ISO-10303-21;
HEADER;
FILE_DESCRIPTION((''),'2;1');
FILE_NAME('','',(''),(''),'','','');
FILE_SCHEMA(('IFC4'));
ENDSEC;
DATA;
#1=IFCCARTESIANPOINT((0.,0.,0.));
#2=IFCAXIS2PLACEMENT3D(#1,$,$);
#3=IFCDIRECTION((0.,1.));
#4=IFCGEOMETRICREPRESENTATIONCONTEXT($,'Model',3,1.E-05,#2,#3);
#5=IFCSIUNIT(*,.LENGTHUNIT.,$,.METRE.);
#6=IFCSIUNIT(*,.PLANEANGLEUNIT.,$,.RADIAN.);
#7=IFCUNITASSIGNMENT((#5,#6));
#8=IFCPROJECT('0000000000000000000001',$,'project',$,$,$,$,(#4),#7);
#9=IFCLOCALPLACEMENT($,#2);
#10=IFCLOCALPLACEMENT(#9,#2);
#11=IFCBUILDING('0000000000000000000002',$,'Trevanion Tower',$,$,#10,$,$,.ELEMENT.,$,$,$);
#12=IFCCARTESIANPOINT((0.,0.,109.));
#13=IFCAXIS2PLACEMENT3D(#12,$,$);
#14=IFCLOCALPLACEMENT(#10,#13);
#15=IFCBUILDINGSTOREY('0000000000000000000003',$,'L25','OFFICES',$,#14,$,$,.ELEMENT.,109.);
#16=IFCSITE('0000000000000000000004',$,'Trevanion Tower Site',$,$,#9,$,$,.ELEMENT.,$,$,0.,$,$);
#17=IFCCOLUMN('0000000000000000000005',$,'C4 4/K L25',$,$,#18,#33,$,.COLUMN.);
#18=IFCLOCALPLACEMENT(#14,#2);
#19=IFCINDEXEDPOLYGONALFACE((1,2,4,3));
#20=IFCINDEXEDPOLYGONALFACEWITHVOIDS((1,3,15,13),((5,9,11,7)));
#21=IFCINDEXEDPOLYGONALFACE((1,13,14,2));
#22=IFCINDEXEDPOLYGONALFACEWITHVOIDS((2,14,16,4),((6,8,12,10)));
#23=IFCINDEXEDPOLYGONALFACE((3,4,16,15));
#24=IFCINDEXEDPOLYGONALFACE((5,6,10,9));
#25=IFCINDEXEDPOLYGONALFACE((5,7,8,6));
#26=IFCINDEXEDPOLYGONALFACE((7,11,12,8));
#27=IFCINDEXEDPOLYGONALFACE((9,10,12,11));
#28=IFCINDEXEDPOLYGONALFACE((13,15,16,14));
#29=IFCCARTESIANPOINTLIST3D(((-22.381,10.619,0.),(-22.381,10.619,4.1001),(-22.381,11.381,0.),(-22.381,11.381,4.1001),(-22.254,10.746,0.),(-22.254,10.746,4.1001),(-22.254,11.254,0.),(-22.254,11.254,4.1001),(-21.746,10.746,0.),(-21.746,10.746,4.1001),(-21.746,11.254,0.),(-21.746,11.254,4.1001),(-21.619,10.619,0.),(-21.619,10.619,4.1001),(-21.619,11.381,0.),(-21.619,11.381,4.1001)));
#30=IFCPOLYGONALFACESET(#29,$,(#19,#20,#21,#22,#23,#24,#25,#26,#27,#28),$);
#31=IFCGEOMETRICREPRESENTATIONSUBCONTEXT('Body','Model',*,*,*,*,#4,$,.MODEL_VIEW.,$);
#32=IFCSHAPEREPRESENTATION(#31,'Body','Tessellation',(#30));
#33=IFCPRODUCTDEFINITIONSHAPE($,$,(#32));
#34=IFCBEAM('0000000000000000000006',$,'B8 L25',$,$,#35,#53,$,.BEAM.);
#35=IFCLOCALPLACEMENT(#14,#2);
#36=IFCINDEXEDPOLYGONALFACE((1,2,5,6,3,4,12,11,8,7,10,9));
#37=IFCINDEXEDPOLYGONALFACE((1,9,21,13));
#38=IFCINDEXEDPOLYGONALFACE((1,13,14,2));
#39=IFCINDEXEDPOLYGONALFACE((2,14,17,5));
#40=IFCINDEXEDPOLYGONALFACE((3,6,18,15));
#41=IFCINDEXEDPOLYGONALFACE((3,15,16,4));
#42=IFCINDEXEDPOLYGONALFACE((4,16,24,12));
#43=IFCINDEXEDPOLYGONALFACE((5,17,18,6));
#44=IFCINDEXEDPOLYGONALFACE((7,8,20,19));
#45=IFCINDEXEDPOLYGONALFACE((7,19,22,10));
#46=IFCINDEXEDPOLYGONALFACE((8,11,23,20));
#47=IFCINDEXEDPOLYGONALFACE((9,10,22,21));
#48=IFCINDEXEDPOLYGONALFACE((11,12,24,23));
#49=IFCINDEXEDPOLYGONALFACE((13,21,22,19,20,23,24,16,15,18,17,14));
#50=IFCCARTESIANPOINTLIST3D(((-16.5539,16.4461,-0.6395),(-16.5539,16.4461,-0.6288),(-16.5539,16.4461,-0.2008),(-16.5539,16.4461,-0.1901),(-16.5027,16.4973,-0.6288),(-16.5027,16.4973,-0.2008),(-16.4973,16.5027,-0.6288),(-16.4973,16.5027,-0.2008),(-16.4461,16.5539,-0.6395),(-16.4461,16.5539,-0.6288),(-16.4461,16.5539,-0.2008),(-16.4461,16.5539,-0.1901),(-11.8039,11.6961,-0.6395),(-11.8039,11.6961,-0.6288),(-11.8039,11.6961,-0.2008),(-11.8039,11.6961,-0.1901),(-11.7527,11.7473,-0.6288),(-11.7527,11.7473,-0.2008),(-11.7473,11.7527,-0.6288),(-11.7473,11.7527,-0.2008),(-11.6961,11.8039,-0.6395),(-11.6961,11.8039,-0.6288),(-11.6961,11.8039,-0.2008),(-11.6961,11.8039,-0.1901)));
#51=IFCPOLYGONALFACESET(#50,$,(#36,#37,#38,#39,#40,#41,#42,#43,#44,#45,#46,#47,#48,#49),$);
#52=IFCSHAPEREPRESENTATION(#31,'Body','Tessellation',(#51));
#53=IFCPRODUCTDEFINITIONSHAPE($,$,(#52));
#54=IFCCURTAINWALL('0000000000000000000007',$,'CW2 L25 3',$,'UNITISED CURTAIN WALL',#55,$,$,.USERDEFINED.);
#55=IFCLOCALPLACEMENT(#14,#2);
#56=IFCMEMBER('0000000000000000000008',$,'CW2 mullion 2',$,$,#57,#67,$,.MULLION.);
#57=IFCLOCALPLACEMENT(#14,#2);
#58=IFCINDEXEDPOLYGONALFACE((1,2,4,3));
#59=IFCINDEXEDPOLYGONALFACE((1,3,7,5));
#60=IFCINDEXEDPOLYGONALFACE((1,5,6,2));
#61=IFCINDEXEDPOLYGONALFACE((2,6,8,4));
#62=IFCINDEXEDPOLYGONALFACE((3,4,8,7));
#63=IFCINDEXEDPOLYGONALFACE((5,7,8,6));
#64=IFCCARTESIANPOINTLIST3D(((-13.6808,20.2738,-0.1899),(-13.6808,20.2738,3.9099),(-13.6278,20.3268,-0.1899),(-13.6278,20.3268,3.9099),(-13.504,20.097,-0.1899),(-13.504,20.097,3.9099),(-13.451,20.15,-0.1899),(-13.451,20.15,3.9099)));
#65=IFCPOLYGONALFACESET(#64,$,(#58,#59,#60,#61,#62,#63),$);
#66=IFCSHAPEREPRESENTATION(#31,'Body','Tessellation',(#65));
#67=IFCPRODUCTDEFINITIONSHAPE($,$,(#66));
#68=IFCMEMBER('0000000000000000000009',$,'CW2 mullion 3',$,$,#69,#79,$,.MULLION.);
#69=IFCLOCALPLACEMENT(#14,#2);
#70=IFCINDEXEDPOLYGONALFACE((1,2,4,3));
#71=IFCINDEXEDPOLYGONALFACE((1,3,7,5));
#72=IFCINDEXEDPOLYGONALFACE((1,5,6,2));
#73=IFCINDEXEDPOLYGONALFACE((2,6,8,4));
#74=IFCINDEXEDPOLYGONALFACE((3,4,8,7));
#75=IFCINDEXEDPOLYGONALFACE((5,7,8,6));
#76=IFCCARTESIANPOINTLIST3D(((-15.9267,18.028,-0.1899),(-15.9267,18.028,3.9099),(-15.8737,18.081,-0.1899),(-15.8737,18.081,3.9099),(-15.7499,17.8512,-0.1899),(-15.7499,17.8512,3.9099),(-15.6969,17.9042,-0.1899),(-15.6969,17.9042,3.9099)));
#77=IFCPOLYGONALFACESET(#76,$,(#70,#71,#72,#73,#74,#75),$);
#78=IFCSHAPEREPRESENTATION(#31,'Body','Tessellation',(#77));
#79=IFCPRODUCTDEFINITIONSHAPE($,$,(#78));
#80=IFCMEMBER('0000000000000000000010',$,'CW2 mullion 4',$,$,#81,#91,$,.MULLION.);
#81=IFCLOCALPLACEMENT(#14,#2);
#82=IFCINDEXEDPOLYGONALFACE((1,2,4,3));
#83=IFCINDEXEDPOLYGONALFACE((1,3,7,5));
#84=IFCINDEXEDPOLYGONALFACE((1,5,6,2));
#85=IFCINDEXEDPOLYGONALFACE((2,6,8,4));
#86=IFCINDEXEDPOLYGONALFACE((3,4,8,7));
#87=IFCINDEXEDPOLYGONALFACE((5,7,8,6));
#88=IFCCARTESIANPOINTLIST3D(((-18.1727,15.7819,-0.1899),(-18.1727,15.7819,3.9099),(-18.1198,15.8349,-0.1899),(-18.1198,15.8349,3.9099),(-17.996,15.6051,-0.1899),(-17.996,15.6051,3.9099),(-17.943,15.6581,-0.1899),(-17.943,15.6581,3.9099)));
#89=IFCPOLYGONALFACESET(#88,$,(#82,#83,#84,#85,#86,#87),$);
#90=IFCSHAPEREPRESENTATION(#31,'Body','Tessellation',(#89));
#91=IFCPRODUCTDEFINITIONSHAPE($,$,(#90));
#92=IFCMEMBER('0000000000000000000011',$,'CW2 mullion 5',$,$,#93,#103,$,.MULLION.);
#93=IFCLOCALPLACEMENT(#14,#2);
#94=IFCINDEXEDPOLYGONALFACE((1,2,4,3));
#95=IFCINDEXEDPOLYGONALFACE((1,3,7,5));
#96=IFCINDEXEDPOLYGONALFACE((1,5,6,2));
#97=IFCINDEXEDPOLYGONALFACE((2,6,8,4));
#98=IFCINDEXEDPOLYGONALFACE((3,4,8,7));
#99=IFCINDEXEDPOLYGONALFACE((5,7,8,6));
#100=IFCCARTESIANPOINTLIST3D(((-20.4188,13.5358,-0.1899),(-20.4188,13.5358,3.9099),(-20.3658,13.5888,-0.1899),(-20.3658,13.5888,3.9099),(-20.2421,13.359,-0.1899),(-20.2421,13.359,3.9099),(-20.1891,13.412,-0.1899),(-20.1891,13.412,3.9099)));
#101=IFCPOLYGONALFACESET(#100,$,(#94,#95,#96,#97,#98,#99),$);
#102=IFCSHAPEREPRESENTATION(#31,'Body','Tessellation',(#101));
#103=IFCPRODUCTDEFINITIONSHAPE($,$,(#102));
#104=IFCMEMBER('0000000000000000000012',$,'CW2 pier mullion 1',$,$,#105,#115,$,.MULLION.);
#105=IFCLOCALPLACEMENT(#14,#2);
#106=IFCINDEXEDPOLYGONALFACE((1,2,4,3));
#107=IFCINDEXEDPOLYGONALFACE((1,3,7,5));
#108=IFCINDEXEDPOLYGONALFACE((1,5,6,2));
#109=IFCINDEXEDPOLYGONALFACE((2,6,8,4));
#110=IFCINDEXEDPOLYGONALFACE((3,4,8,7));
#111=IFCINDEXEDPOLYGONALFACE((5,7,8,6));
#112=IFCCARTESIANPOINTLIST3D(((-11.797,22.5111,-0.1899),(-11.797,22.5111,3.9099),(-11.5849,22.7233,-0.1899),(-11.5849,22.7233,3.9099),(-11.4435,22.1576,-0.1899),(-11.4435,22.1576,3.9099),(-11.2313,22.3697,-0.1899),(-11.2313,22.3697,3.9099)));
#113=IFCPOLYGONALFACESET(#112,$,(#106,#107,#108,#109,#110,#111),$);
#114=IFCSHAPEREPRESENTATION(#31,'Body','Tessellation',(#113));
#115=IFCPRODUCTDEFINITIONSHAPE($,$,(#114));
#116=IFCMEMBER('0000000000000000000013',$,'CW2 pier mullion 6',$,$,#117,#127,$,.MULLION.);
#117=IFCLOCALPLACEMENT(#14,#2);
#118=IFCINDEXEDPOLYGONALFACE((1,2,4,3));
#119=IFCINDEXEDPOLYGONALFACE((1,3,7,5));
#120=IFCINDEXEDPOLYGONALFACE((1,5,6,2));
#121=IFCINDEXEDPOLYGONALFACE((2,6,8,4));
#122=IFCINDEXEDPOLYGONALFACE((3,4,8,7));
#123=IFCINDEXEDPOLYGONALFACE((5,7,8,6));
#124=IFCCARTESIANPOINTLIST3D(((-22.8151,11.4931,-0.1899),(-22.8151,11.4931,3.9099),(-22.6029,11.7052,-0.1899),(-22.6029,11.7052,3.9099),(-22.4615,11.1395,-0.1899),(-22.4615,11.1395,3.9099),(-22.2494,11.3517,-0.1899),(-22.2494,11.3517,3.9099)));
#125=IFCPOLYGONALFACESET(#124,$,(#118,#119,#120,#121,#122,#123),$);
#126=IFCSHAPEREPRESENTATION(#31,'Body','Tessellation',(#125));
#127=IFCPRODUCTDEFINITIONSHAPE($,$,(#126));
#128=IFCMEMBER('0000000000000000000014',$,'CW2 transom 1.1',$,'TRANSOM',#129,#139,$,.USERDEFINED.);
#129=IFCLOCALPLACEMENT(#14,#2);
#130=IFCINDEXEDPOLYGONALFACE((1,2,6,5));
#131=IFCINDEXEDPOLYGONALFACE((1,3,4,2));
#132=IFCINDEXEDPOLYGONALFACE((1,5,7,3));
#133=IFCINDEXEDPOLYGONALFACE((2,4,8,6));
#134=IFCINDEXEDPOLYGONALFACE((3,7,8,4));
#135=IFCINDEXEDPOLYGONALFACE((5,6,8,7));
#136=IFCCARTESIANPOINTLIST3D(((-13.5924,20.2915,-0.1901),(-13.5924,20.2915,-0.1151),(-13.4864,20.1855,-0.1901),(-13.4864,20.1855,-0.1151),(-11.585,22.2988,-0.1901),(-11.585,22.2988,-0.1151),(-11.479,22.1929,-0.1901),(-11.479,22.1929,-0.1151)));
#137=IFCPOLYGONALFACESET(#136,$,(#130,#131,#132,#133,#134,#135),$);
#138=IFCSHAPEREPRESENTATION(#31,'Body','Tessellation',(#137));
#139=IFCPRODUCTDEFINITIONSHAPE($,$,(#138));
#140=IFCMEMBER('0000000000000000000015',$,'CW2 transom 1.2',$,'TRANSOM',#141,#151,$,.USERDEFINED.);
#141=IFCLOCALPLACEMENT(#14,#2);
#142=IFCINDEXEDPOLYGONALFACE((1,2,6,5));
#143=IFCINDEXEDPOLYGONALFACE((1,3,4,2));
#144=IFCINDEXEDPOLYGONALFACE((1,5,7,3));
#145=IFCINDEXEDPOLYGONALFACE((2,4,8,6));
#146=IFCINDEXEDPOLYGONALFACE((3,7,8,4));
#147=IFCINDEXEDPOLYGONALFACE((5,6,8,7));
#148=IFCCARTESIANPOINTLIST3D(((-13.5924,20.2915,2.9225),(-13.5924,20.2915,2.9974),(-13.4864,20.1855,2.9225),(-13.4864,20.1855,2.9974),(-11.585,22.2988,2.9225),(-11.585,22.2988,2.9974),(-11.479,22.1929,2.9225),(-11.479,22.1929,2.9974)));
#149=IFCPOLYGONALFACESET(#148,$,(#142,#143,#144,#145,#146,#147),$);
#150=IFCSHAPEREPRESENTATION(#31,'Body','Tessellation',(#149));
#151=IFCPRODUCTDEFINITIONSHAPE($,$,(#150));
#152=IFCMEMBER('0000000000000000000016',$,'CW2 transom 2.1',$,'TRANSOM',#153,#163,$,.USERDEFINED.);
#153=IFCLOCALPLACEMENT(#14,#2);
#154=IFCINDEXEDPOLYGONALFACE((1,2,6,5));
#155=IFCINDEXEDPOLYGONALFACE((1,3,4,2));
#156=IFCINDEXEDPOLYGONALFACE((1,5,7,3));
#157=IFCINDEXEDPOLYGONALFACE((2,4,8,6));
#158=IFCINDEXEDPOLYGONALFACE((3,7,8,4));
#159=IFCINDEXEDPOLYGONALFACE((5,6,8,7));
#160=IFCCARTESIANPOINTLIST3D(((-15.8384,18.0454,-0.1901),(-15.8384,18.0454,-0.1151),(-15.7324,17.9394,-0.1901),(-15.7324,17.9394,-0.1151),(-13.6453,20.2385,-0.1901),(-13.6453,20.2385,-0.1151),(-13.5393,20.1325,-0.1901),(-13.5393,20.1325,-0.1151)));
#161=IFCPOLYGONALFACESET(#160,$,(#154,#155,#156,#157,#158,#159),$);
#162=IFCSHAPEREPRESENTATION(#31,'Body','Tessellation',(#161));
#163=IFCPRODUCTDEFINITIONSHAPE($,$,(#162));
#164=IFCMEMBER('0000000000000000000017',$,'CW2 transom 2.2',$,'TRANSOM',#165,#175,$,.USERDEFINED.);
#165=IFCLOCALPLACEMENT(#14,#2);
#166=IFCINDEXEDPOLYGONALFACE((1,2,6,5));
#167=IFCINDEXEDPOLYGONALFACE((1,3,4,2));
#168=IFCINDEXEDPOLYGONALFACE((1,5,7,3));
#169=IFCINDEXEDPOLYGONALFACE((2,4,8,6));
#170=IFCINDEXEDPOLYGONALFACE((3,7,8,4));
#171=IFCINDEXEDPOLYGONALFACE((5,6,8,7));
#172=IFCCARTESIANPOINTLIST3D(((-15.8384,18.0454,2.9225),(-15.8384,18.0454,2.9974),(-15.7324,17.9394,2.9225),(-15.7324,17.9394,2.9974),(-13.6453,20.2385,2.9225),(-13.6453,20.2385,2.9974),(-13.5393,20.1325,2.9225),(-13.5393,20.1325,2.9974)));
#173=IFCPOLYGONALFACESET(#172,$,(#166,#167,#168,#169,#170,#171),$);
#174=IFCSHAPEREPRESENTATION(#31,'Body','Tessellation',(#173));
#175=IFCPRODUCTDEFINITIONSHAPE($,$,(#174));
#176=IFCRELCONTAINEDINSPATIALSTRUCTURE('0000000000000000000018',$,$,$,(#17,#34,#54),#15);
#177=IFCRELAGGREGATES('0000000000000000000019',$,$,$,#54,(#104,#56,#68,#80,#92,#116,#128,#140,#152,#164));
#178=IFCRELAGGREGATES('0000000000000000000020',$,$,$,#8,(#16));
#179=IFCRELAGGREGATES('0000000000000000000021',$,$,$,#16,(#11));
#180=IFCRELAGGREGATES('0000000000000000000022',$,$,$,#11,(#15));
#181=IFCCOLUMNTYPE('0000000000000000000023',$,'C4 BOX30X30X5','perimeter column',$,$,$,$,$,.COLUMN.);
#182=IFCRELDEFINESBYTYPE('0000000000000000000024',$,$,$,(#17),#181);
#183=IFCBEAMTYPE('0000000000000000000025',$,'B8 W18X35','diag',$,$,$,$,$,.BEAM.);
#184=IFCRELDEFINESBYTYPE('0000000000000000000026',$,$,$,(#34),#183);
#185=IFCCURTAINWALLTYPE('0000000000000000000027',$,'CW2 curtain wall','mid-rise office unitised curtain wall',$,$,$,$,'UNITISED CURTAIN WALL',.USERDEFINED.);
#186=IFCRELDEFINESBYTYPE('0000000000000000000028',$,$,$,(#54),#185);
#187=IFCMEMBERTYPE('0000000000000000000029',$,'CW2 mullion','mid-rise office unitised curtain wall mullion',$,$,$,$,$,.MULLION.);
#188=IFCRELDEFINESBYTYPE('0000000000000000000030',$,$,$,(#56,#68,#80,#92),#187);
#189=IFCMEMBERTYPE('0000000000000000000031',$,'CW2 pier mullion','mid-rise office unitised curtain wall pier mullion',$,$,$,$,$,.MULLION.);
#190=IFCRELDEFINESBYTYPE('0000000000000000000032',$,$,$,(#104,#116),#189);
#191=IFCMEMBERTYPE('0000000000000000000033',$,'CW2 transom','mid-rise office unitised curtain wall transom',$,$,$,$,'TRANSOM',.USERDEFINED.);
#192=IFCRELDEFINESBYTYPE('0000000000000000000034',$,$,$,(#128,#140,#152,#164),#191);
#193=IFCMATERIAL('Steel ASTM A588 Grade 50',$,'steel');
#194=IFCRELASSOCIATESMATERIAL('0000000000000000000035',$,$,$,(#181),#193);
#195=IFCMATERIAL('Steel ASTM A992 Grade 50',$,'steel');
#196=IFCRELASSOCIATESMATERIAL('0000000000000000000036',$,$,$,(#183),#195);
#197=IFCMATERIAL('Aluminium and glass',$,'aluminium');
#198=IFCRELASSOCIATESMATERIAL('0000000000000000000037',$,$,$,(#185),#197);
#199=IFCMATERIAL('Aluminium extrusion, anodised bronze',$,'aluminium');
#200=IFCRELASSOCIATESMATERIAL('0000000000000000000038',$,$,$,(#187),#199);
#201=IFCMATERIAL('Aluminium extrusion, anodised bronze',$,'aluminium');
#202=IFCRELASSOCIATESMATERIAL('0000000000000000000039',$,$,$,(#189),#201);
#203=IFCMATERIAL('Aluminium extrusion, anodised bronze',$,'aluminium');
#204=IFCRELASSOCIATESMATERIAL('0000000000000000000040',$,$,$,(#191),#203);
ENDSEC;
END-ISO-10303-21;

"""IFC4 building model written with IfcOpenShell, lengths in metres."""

from ifc_helpers import new_model, si_unit, direction, frame, origin, origin_2d, place, context, subcontext, project, spatial, rectangle, hollow_rectangle, i_section, extrude, material, material_profile, profile_set, type_object, element, aggregate, save


model = new_model("IFC4")

# Units and contexts
model_context = context("Model", 3, precision=1e-05, world=origin(), true_north=direction((0.0, 1.0)))
body_context = subcontext(model_context, "Body", "Model", "MODEL_VIEW")
ifc_project = project(units=[si_unit("LENGTHUNIT", "METRE"), si_unit("PLANEANGLEUNIT", "RADIAN")], contexts=[model_context])

# Site, building, storey
site_placement = place(None, origin())
site = spatial("IfcSite", under=ifc_project, at=site_placement, Name="Trevanion Tower Site", CompositionType="ELEMENT", RefElevation=0.0)
building_placement = place(site_placement, origin())
building = spatial("IfcBuilding", under=site, at=building_placement, Name="Trevanion Tower", CompositionType="ELEMENT")
storey_placement = place(building_placement, frame((0.0, 0.0, 109.0)))
storey = spatial("IfcBuildingStorey", under=building, at=storey_placement, Name="L25", Description="OFFICES", CompositionType="ELEMENT", Elevation=109.0)

# Column
ifc_material_1 = material(Name="Steel ASTM A588 Grade 50", Category="steel")
ifc_material_profile_1 = material_profile(ifc_material_1, hollow_rectangle(XDim=0.762, YDim=0.762, WallThickness=0.127, at=origin_2d()), Name="BOX30X30X5")
ifc_profile_set_1 = profile_set([ifc_material_profile_1], Name="Steel ASTM A588 Grade 50")
column_type = type_object("IfcColumnType", Name="C4 BOX30X30X5", Description="perimeter column", PredefinedType="COLUMN", material=ifc_profile_set_1)
column_placement = place(storey_placement, frame((-22.0, 11.0, 0.0), z_axis=(0.0, 0.0, 1.0), x_axis=(0.0, 1.0, 0.0)))
element("IfcColumn", 1, at=column_placement, inside=storey, type_object=column_type, Name="C4 4/K L25", PredefinedType="COLUMN", context=body_context, shape_type="SweptSolid", body=[
    extrude(hollow_rectangle(XDim=0.762, YDim=0.762, WallThickness=0.127, at=origin_2d()), origin(), (0.0, 0.0, 1.0), 4.1001),
])

# Beam
ifc_material_2 = material(Name="Steel ASTM A992 Grade 50", Category="steel")
ifc_material_profile_2 = material_profile(ifc_material_2, i_section(OverallWidth=0.1523, OverallDepth=0.4495, WebThickness=0.0076, FlangeThickness=0.0107, at=origin_2d()), Name="W18X35")
ifc_profile_set_2 = profile_set([ifc_material_profile_2], Name="Steel ASTM A992 Grade 50")
beam_type_1 = type_object("IfcBeamType", Name="B8 W18X35", Description="diag", PredefinedType="BEAM", material=ifc_profile_set_2)
beam_1_placement = place(storey_placement, frame((-11.75, 11.75, -0.4148), z_axis=(-0.707107, 0.707107, 0.0), x_axis=(-0.707107, -0.707107, 0.0)))
element("IfcBeam", 2, at=beam_1_placement, inside=storey, type_object=beam_type_1, Name="B8 L25", PredefinedType="BEAM", context=body_context, shape_type="SweptSolid", body=[
    extrude(i_section(OverallWidth=0.1523, OverallDepth=0.4495, WebThickness=0.0076, FlangeThickness=0.0107, at=origin_2d()), origin(), (0.0, 0.0, 1.0), 6.7175),
])

# Curtain wall, members
ifc_material_3 = material(Name="Aluminium and glass", Category="aluminium")
curtain_wall_type = type_object("IfcCurtainWallType", Name="CW2 curtain wall", Description="mid-rise office unitised curtain wall", ElementType="UNITISED CURTAIN WALL", PredefinedType="USERDEFINED", material=ifc_material_3)
curtain_wall_placement = place(storey_placement, origin())
curtain_wall = element("IfcCurtainWall", 3, at=curtain_wall_placement, inside=storey, type_object=curtain_wall_type, Name="CW2 L25 3", ObjectType="UNITISED CURTAIN WALL", PredefinedType="USERDEFINED")
ifc_material_4 = material(Name="Aluminium extrusion, anodised bronze", Category="aluminium")
ifc_material_profile_3 = material_profile(ifc_material_4, rectangle(XDim=0.075, YDim=0.25, at=origin_2d()), Name="CW2 mullion")
ifc_profile_set_3 = profile_set([ifc_material_profile_3], Name="Aluminium extrusion, anodised bronze")
member_type_1 = type_object("IfcMemberType", Name="CW2 mullion", Description="mid-rise office unitised curtain wall mullion", PredefinedType="MULLION", material=ifc_profile_set_3)
member_1_placement = place(storey_placement, frame((-13.5659, 20.2119, -0.1899), z_axis=(0.0, 0.0, 1.0), x_axis=(-0.707107, -0.707107, 0.0)))
member_1 = element("IfcMember", 4, at=member_1_placement, type_object=member_type_1, Name="CW2 mullion 2", PredefinedType="MULLION", context=body_context, shape_type="SweptSolid", body=[
    extrude(rectangle(XDim=0.075, YDim=0.25, at=origin_2d()), origin(), (0.0, 0.0, 1.0), 4.0999),
])
member_2_placement = place(storey_placement, frame((-15.8118, 17.9661, -0.1899), z_axis=(0.0, 0.0, 1.0), x_axis=(-0.707107, -0.707107, 0.0)))
member_2 = element("IfcMember", 5, at=member_2_placement, type_object=member_type_1, Name="CW2 mullion 3", PredefinedType="MULLION", context=body_context, shape_type="SweptSolid", body=[
    extrude(rectangle(XDim=0.075, YDim=0.25, at=origin_2d()), origin(), (0.0, 0.0, 1.0), 4.0999),
])
member_3_placement = place(storey_placement, frame((-18.0579, 15.72, -0.1899), z_axis=(0.0, 0.0, 1.0), x_axis=(-0.707107, -0.707107, 0.0)))
member_3 = element("IfcMember", 6, at=member_3_placement, type_object=member_type_1, Name="CW2 mullion 4", PredefinedType="MULLION", context=body_context, shape_type="SweptSolid", body=[
    extrude(rectangle(XDim=0.075, YDim=0.25, at=origin_2d()), origin(), (0.0, 0.0, 1.0), 4.0999),
])
member_4_placement = place(storey_placement, frame((-20.304, 13.4739, -0.1899), z_axis=(0.0, 0.0, 1.0), x_axis=(-0.707107, -0.707107, 0.0)))
member_4 = element("IfcMember", 7, at=member_4_placement, type_object=member_type_1, Name="CW2 mullion 5", PredefinedType="MULLION", context=body_context, shape_type="SweptSolid", body=[
    extrude(rectangle(XDim=0.075, YDim=0.25, at=origin_2d()), origin(), (0.0, 0.0, 1.0), 4.0999),
])
ifc_material_5 = material(Name="Aluminium extrusion, anodised bronze", Category="aluminium")
ifc_material_profile_4 = material_profile(ifc_material_5, rectangle(XDim=0.3, YDim=0.5, at=origin_2d()), Name="CW2 pier mullion")
ifc_profile_set_4 = profile_set([ifc_material_profile_4], Name="Aluminium extrusion, anodised bronze")
member_type_2 = type_object("IfcMemberType", Name="CW2 pier mullion", Description="mid-rise office unitised curtain wall pier mullion", PredefinedType="MULLION", material=ifc_profile_set_4)
member_5_placement = place(storey_placement, frame((-11.5142, 22.4404, -0.1899), z_axis=(0.0, 0.0, 1.0), x_axis=(-0.707107, -0.707107, 0.0)))
member_5 = element("IfcMember", 8, at=member_5_placement, type_object=member_type_2, Name="CW2 pier mullion 1", PredefinedType="MULLION", context=body_context, shape_type="SweptSolid", body=[
    extrude(rectangle(XDim=0.3, YDim=0.5, at=origin_2d()), origin(), (0.0, 0.0, 1.0), 4.0999),
])
member_6_placement = place(storey_placement, frame((-22.5322, 11.4224, -0.1899), z_axis=(0.0, 0.0, 1.0), x_axis=(-0.707107, -0.707107, 0.0)))
member_6 = element("IfcMember", 9, at=member_6_placement, type_object=member_type_2, Name="CW2 pier mullion 6", PredefinedType="MULLION", context=body_context, shape_type="SweptSolid", body=[
    extrude(rectangle(XDim=0.3, YDim=0.5, at=origin_2d()), origin(), (0.0, 0.0, 1.0), 4.0999),
])
ifc_material_6 = material(Name="Aluminium extrusion, anodised bronze", Category="aluminium")
ifc_material_profile_5 = material_profile(ifc_material_6, rectangle(XDim=0.1499, YDim=0.075, at=origin_2d()), Name="CW2 transom")
ifc_profile_set_5 = profile_set([ifc_material_profile_5], Name="Aluminium extrusion, anodised bronze")
member_type_3 = type_object("IfcMemberType", Name="CW2 transom", Description="mid-rise office unitised curtain wall transom", ElementType="TRANSOM", PredefinedType="USERDEFINED", material=ifc_profile_set_5)
member_7_placement = place(storey_placement, frame((-11.532, 22.2458, -0.1526), z_axis=(-0.707107, -0.707107, 0.0), x_axis=(0.707107, -0.707107, 0.0)))
member_7 = element("IfcMember", 10, at=member_7_placement, type_object=member_type_3, Name="CW2 transom 1.1", ObjectType="TRANSOM", PredefinedType="USERDEFINED", context=body_context, shape_type="SweptSolid", body=[
    extrude(rectangle(XDim=0.1499, YDim=0.075, at=origin_2d()), origin(), (0.0, 0.0, 1.0), 2.8389),
])
member_8_placement = place(storey_placement, frame((-11.532, 22.2458, 2.96), z_axis=(-0.707107, -0.707107, 0.0), x_axis=(0.707107, -0.707107, 0.0)))
member_8 = element("IfcMember", 11, at=member_8_placement, type_object=member_type_3, Name="CW2 transom 1.2", ObjectType="TRANSOM", PredefinedType="USERDEFINED", context=body_context, shape_type="SweptSolid", body=[
    extrude(rectangle(XDim=0.1499, YDim=0.075, at=origin_2d()), origin(), (0.0, 0.0, 1.0), 2.8389),
])
member_9_placement = place(storey_placement, frame((-13.5923, 20.1855, -0.1526), z_axis=(-0.707107, -0.707107, 0.0), x_axis=(0.707107, -0.707107, 0.0)))
member_9 = element("IfcMember", 12, at=member_9_placement, type_object=member_type_3, Name="CW2 transom 2.1", ObjectType="TRANSOM", PredefinedType="USERDEFINED", context=body_context, shape_type="SweptSolid", body=[
    extrude(rectangle(XDim=0.1499, YDim=0.075, at=origin_2d()), origin(), (0.0, 0.0, 1.0), 3.1016),
])
member_10_placement = place(storey_placement, frame((-13.5923, 20.1855, 2.96), z_axis=(-0.707107, -0.707107, 0.0), x_axis=(0.707107, -0.707107, 0.0)))
member_10 = element("IfcMember", 13, at=member_10_placement, type_object=member_type_3, Name="CW2 transom 2.2", ObjectType="TRANSOM", PredefinedType="USERDEFINED", context=body_context, shape_type="SweptSolid", body=[
    extrude(rectangle(XDim=0.1499, YDim=0.075, at=origin_2d()), origin(), (0.0, 0.0, 1.0), 3.1016),
])

aggregate(curtain_wall, [member_5, member_1, member_2, member_3, member_4, member_6, member_7, member_8, member_9, member_10])

save(model, "model.ifc")
